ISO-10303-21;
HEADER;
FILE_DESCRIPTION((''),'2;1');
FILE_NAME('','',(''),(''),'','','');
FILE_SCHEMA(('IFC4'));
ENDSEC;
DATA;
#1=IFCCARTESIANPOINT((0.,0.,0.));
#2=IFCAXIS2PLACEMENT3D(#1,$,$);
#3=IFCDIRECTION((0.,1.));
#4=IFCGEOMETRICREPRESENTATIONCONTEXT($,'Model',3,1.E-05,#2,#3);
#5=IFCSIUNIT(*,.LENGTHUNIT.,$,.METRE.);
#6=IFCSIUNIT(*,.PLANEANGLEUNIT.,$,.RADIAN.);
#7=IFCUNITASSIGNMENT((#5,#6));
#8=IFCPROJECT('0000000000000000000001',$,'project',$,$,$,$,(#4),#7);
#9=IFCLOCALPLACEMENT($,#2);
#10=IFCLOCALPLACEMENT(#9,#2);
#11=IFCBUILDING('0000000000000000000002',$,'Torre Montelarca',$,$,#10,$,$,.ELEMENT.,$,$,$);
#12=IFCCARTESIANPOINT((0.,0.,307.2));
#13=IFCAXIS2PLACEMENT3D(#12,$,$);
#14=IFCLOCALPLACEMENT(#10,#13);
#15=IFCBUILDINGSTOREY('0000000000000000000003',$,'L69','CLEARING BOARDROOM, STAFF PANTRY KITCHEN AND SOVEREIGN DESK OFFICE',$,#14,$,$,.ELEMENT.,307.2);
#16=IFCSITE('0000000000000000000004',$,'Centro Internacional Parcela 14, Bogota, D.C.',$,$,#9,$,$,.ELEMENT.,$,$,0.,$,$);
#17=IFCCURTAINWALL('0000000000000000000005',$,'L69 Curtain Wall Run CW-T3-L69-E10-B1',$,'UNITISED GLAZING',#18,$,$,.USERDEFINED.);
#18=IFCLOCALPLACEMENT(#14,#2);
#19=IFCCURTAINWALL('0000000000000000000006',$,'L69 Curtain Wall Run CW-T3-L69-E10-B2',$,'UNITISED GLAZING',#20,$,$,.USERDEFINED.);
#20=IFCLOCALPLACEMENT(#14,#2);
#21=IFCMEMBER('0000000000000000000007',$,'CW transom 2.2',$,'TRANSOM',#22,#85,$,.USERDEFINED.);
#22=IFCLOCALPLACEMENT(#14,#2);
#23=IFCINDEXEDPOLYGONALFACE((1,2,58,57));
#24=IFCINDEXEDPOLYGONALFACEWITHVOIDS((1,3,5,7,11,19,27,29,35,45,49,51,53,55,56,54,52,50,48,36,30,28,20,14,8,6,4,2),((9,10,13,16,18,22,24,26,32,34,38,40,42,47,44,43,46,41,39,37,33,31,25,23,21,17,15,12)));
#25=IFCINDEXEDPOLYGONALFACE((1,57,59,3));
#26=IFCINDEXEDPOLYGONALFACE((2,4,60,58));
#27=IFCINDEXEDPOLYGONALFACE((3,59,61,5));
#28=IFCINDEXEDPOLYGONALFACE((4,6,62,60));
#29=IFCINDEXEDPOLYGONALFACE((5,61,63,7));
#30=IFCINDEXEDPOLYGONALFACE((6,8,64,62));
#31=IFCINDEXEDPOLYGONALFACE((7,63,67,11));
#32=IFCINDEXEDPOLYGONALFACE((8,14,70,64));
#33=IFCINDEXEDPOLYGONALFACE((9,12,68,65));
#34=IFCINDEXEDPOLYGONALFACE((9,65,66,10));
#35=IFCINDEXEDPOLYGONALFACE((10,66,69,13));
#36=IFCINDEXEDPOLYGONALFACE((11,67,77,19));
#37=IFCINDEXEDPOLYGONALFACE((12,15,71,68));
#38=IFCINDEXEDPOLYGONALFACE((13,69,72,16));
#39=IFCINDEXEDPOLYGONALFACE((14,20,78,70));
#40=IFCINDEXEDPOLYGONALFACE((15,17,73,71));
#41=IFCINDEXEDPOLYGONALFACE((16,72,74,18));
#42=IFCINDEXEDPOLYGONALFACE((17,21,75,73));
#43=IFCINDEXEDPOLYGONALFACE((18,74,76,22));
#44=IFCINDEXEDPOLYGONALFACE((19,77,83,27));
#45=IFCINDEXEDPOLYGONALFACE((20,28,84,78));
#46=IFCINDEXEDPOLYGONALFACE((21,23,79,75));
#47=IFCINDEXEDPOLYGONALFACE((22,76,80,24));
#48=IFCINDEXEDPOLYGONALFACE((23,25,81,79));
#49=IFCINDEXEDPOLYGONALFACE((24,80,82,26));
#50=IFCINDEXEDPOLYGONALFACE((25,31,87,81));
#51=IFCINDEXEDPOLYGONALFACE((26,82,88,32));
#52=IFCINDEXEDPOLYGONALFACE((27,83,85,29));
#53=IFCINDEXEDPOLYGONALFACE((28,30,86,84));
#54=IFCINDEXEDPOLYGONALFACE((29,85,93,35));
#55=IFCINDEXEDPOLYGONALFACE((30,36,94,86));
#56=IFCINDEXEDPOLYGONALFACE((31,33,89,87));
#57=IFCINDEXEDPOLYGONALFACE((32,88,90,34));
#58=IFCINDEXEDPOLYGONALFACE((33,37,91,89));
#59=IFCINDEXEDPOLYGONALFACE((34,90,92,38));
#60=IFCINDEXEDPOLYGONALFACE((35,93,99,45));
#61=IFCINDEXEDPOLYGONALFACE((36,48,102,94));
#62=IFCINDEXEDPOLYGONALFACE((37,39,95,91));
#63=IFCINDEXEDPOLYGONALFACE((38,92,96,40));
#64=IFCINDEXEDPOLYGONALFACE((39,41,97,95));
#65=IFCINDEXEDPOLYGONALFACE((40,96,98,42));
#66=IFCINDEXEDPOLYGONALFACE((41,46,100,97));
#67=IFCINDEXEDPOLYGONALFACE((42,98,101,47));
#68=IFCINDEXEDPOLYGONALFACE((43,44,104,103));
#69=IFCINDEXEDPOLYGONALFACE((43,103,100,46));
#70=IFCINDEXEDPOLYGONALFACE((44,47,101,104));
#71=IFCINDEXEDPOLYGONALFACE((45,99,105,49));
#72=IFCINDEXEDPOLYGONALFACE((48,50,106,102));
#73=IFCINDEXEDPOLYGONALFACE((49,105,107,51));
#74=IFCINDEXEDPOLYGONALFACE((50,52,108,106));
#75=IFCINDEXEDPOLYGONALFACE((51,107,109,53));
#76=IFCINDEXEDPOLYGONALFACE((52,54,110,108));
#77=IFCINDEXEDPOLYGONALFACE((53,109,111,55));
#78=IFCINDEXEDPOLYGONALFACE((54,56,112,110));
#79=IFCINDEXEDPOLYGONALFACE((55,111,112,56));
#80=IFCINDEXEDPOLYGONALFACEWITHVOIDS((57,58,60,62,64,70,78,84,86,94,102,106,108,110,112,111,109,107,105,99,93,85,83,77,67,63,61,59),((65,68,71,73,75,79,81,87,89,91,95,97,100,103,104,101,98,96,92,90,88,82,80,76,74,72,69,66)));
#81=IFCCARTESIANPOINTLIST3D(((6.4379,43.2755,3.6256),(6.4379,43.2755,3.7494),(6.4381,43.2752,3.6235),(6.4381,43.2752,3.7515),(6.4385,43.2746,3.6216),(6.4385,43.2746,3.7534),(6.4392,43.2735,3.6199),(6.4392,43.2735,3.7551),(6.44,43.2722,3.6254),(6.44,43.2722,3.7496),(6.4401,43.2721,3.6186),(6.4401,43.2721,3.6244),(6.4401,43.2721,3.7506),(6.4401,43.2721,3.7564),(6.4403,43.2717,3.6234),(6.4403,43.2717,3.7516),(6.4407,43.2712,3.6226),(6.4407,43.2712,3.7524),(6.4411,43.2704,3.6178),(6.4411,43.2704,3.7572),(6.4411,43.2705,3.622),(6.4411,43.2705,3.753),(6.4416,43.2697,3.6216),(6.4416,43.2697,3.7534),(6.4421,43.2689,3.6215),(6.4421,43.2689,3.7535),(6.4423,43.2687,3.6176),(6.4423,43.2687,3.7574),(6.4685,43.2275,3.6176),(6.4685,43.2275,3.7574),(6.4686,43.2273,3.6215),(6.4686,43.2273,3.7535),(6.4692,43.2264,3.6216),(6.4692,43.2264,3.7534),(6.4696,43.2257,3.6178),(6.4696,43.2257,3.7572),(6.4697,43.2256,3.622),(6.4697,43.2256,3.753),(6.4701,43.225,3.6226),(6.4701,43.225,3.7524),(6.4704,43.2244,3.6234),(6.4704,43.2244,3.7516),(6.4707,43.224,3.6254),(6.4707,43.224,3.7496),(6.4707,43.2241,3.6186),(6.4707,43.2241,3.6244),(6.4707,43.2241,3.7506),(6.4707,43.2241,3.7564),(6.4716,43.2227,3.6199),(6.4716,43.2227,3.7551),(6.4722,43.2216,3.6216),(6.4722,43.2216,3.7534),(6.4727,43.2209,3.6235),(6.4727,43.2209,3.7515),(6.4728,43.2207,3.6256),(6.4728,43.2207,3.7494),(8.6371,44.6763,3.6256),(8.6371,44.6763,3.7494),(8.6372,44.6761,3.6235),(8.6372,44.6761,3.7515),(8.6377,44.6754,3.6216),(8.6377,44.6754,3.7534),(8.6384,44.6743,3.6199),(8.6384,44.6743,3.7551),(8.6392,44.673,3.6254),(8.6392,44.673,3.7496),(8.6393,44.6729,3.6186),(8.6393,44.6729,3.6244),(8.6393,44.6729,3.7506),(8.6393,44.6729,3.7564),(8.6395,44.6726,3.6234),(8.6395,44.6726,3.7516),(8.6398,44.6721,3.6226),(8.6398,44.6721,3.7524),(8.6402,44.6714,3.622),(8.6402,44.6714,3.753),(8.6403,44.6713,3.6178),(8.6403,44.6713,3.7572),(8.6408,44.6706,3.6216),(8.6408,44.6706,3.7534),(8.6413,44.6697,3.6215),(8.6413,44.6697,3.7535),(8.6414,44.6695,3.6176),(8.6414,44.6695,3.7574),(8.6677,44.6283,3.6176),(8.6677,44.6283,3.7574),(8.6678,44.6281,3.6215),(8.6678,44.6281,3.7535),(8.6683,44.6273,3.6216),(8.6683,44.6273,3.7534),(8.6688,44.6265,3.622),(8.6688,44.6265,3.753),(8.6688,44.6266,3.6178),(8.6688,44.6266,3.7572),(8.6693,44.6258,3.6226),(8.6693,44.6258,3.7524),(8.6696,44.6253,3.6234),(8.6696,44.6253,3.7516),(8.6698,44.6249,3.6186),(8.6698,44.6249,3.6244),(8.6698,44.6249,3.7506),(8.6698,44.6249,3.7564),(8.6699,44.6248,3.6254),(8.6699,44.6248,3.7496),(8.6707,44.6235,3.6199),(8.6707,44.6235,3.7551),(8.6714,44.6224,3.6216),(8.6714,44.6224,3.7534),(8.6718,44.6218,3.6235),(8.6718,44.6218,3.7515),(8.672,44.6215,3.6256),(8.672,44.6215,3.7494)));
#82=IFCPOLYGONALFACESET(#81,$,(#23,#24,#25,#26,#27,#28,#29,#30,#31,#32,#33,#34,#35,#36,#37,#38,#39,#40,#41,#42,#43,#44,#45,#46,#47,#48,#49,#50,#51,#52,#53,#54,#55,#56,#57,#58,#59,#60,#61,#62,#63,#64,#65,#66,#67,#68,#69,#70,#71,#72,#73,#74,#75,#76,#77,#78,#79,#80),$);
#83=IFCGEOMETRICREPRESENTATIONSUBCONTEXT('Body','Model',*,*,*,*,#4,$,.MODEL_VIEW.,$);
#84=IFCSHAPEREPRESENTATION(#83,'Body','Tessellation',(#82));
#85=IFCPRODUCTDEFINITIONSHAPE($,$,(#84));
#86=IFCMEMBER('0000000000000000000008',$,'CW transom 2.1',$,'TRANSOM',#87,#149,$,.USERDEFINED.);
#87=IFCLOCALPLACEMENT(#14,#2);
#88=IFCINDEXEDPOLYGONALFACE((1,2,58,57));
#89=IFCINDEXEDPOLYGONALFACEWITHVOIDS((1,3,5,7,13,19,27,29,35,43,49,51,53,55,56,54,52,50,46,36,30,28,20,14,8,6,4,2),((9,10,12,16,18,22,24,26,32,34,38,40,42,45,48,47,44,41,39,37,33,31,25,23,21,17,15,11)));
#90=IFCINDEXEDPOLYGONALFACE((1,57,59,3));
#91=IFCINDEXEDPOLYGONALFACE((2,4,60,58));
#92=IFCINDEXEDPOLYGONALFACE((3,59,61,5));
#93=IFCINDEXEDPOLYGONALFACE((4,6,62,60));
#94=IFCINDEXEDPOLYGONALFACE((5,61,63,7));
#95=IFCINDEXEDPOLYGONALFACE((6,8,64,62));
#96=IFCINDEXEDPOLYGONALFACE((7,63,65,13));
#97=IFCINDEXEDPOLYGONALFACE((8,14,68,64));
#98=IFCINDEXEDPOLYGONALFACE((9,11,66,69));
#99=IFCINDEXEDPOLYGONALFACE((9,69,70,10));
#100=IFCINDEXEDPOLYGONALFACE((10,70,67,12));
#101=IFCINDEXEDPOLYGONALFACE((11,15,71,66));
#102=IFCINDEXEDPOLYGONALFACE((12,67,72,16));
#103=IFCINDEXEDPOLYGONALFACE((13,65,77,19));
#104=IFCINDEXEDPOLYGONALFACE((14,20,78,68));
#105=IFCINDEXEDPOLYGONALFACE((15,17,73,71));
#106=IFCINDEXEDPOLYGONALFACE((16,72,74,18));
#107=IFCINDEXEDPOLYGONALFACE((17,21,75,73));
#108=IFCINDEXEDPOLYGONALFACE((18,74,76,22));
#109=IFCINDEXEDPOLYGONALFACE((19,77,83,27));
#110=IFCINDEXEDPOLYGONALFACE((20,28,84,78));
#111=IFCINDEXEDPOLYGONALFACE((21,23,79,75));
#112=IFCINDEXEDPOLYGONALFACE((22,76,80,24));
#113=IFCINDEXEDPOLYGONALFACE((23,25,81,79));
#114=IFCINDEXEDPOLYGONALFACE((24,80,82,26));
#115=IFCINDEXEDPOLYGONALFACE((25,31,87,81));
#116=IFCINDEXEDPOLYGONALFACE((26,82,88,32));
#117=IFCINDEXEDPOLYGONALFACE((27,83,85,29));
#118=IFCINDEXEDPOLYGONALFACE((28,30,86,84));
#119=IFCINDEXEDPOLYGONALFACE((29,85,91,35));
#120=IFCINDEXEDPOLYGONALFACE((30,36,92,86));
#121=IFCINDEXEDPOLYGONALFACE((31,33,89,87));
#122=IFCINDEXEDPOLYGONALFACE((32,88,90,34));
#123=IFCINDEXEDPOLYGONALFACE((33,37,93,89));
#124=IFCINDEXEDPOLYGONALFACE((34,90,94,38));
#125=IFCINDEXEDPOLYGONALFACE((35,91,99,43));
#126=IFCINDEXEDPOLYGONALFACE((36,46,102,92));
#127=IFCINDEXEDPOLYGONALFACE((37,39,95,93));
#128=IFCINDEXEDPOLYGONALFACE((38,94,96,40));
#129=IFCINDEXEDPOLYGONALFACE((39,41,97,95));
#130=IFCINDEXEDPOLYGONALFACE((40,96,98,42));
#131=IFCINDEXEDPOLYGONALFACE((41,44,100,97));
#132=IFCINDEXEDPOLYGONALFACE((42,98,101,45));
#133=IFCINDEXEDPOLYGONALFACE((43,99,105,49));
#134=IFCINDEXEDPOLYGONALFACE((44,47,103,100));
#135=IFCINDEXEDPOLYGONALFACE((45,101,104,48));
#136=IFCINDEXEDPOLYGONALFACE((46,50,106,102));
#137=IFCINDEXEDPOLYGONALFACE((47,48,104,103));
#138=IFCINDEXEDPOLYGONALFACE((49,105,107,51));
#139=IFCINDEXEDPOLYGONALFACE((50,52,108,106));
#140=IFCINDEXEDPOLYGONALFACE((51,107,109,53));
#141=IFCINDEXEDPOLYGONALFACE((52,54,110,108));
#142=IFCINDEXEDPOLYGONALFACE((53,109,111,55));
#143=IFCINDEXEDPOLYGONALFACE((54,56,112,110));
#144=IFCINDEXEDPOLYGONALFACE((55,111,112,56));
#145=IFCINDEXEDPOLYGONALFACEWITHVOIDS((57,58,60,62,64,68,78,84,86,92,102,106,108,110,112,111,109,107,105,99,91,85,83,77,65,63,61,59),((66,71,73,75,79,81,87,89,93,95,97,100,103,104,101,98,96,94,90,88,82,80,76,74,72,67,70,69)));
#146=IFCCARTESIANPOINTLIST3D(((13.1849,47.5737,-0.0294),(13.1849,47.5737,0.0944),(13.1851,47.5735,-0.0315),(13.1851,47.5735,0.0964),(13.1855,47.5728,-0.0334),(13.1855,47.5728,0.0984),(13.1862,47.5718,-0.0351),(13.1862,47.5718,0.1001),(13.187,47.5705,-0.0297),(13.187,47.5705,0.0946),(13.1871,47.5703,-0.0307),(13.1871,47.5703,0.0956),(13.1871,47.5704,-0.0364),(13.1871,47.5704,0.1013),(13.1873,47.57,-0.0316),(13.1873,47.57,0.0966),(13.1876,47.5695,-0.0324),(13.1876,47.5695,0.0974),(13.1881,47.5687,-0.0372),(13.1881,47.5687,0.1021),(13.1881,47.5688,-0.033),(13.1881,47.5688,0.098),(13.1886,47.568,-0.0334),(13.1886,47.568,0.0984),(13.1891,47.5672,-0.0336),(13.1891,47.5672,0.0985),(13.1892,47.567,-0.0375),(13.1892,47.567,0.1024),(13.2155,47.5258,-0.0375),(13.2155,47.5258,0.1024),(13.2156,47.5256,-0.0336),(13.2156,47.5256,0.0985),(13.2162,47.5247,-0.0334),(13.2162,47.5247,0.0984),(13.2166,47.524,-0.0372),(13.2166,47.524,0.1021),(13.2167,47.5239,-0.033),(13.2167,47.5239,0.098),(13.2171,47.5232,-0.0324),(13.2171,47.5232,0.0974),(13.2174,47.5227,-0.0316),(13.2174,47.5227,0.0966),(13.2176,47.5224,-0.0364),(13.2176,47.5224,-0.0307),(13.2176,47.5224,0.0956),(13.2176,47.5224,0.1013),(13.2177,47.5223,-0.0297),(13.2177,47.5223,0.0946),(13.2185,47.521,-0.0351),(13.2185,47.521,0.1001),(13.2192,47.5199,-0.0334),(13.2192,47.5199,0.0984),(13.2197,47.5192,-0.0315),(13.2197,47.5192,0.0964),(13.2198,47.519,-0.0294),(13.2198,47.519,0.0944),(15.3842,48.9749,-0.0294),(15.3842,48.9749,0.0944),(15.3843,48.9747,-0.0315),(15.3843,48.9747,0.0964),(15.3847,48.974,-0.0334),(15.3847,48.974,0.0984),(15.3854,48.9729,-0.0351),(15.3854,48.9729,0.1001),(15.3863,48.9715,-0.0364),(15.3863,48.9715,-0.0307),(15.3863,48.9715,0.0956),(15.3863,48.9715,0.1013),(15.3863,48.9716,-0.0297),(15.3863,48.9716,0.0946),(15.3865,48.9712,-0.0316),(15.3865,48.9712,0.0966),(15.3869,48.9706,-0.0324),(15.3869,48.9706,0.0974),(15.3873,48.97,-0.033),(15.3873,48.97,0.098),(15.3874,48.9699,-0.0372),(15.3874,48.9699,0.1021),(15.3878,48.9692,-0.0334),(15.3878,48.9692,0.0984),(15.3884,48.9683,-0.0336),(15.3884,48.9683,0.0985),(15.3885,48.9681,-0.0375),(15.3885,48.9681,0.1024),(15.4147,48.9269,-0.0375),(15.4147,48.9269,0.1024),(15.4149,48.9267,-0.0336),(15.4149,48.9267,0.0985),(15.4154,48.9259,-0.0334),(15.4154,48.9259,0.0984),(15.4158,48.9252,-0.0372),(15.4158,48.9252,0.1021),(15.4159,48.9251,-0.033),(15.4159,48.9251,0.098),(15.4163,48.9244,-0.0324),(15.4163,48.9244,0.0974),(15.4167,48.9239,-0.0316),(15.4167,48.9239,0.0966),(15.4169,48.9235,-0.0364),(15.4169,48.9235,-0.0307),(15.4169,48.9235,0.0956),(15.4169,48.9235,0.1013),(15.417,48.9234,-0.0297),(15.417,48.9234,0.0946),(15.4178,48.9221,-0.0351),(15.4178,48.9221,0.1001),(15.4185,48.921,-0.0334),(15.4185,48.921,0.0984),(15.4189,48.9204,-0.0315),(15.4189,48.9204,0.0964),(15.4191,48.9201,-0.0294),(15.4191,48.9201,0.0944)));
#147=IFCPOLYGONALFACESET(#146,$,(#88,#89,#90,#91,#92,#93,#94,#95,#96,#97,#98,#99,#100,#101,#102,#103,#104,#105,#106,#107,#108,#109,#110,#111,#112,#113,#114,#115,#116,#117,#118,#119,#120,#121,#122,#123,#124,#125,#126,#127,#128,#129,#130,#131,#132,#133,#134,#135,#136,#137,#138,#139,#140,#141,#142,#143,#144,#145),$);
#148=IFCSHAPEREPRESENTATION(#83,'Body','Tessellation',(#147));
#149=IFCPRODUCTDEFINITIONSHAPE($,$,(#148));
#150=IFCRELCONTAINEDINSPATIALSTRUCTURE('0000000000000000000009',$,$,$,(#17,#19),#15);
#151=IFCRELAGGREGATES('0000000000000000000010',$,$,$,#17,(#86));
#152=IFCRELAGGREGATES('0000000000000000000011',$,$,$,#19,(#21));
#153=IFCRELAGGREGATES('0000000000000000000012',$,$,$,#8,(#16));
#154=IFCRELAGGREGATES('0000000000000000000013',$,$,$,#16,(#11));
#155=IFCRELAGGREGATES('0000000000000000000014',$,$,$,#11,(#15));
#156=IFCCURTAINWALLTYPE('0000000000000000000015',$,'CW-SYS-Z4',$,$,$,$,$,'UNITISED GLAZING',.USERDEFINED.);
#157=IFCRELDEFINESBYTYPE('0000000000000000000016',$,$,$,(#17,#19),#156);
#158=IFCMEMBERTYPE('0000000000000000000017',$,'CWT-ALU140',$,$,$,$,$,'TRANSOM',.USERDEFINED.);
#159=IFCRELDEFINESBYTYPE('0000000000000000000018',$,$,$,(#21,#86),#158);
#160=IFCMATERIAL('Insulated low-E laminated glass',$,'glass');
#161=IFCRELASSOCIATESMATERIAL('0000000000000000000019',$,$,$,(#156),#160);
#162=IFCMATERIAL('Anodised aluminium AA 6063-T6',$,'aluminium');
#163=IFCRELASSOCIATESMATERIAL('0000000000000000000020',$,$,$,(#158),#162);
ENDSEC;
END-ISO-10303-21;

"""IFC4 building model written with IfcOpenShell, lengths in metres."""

from ifc_helpers import new_model, si_unit, direction, frame, origin, origin_2d, place, context, subcontext, project, spatial, hollow_rectangle, extrude, source, transform, mapped, material, material_profile, profile_set, type_object, element, aggregate, save


model = new_model("IFC4")

# Units and contexts
model_context = context("Model", 3, precision=1e-05, world=origin(), true_north=direction((0.0, 1.0)))
body_context = subcontext(model_context, "Body", "Model", "MODEL_VIEW")
ifc_project = project(units=[si_unit("LENGTHUNIT", "METRE"), si_unit("PLANEANGLEUNIT", "RADIAN")], contexts=[model_context])

# Site, building, storey
site_placement = place(None, origin())
site = spatial("IfcSite", under=ifc_project, at=site_placement, Name="Centro Internacional Parcela 14, Bogota, D.C.", CompositionType="ELEMENT", RefElevation=0.0)
building_placement = place(site_placement, origin())
building = spatial("IfcBuilding", under=site, at=building_placement, Name="Torre Montelarca", CompositionType="ELEMENT")
storey_placement = place(building_placement, frame((0.0, 0.0, 307.2)))
storey = spatial("IfcBuildingStorey", under=building, at=storey_placement, Name="L69", Description="CLEARING BOARDROOM, STAFF PANTRY KITCHEN AND SOVEREIGN DESK OFFICE", CompositionType="ELEMENT", Elevation=307.2)

# Curtain wall
ifc_material_1 = material(Name="Insulated low-E laminated glass", Category="glass")
curtain_wall_type = type_object("IfcCurtainWallType", Name="CW-SYS-Z4", ElementType="UNITISED GLAZING", PredefinedType="USERDEFINED", material=ifc_material_1)
curtain_wall_1_placement = place(storey_placement, origin())
curtain_wall_1 = element("IfcCurtainWall", 1, at=curtain_wall_1_placement, inside=storey, type_object=curtain_wall_type, Name="L69 Curtain Wall Run CW-T3-L69-E10-B1", ObjectType="UNITISED GLAZING", PredefinedType="USERDEFINED")
ifc_material_2 = material(Name="Anodised aluminium AA 6063-T6", Category="aluminium")

# Curtain wall
curtain_wall_2_placement = place(storey_placement, origin())
curtain_wall_2 = element("IfcCurtainWall", 2, at=curtain_wall_2_placement, inside=storey, type_object=curtain_wall_type, Name="L69 Curtain Wall Run CW-T3-L69-E10-B2", ObjectType="UNITISED GLAZING", PredefinedType="USERDEFINED")

# Members
ifc_material_profile_1 = material_profile(ifc_material_2, hollow_rectangle(XDim=0.0649, YDim=0.1399, WallThickness=0.0039, InnerFilletRadius=0.0039, OuterFilletRadius=0.0081, at=origin_2d()), Name="ALU65X140X4", Category="aluminium")
ifc_profile_set_1 = profile_set([ifc_material_profile_1], Name="Anodised aluminium AA 6063-T6")
member_type_1 = type_object("IfcMemberType", Name="CWT-ALU140", ElementType="TRANSOM", PredefinedType="USERDEFINED", material=ifc_profile_set_1)
shared_shape_1 = source(origin(), body_context, "Body", "SweptSolid", [
    extrude(hollow_rectangle(XDim=0.0649, YDim=0.1399, WallThickness=0.0039, InnerFilletRadius=0.0039, OuterFilletRadius=0.0081, at=origin_2d()), origin(), (0.0, 0.0, 1.0), 2.6074),
])
member_1_placement = place(storey_placement, frame((8.6545, 44.6489, 3.6875), z_axis=(-0.843422, -0.537251, 0.0), x_axis=(0.537251, -0.843422, 0.0)))
member_1 = element("IfcMember", 3, at=member_1_placement, type_object=member_type_1, Name="CW transom 2.2", ObjectType="TRANSOM", PredefinedType="USERDEFINED", context=body_context, shape_type="MappedRepresentation", body=[
    mapped(shared_shape_1, transform((0.0, 0.0, 0.0), scale=1.0)),
])
shared_shape_2 = source(origin(), body_context, "Body", "SweptSolid", [
    extrude(hollow_rectangle(XDim=0.0649, YDim=0.1399, WallThickness=0.0039, InnerFilletRadius=0.0039, OuterFilletRadius=0.0081, at=origin_2d()), origin(), (0.0, 0.0, 1.0), 2.6077),
])
member_2_placement = place(storey_placement, frame((15.4016, 48.9475, 0.0325), z_axis=(-0.84338, -0.537318, 0.0), x_axis=(0.537318, -0.84338, 0.0)))
member_2 = element("IfcMember", 4, at=member_2_placement, type_object=member_type_1, Name="CW transom 2.1", ObjectType="TRANSOM", PredefinedType="USERDEFINED", context=body_context, shape_type="MappedRepresentation", body=[
    mapped(shared_shape_2, transform((0.0, 0.0, 0.0), scale=1.0)),
])

aggregate(curtain_wall_1, [member_2])
aggregate(curtain_wall_2, [member_1])

save(model, "model.ifc")
